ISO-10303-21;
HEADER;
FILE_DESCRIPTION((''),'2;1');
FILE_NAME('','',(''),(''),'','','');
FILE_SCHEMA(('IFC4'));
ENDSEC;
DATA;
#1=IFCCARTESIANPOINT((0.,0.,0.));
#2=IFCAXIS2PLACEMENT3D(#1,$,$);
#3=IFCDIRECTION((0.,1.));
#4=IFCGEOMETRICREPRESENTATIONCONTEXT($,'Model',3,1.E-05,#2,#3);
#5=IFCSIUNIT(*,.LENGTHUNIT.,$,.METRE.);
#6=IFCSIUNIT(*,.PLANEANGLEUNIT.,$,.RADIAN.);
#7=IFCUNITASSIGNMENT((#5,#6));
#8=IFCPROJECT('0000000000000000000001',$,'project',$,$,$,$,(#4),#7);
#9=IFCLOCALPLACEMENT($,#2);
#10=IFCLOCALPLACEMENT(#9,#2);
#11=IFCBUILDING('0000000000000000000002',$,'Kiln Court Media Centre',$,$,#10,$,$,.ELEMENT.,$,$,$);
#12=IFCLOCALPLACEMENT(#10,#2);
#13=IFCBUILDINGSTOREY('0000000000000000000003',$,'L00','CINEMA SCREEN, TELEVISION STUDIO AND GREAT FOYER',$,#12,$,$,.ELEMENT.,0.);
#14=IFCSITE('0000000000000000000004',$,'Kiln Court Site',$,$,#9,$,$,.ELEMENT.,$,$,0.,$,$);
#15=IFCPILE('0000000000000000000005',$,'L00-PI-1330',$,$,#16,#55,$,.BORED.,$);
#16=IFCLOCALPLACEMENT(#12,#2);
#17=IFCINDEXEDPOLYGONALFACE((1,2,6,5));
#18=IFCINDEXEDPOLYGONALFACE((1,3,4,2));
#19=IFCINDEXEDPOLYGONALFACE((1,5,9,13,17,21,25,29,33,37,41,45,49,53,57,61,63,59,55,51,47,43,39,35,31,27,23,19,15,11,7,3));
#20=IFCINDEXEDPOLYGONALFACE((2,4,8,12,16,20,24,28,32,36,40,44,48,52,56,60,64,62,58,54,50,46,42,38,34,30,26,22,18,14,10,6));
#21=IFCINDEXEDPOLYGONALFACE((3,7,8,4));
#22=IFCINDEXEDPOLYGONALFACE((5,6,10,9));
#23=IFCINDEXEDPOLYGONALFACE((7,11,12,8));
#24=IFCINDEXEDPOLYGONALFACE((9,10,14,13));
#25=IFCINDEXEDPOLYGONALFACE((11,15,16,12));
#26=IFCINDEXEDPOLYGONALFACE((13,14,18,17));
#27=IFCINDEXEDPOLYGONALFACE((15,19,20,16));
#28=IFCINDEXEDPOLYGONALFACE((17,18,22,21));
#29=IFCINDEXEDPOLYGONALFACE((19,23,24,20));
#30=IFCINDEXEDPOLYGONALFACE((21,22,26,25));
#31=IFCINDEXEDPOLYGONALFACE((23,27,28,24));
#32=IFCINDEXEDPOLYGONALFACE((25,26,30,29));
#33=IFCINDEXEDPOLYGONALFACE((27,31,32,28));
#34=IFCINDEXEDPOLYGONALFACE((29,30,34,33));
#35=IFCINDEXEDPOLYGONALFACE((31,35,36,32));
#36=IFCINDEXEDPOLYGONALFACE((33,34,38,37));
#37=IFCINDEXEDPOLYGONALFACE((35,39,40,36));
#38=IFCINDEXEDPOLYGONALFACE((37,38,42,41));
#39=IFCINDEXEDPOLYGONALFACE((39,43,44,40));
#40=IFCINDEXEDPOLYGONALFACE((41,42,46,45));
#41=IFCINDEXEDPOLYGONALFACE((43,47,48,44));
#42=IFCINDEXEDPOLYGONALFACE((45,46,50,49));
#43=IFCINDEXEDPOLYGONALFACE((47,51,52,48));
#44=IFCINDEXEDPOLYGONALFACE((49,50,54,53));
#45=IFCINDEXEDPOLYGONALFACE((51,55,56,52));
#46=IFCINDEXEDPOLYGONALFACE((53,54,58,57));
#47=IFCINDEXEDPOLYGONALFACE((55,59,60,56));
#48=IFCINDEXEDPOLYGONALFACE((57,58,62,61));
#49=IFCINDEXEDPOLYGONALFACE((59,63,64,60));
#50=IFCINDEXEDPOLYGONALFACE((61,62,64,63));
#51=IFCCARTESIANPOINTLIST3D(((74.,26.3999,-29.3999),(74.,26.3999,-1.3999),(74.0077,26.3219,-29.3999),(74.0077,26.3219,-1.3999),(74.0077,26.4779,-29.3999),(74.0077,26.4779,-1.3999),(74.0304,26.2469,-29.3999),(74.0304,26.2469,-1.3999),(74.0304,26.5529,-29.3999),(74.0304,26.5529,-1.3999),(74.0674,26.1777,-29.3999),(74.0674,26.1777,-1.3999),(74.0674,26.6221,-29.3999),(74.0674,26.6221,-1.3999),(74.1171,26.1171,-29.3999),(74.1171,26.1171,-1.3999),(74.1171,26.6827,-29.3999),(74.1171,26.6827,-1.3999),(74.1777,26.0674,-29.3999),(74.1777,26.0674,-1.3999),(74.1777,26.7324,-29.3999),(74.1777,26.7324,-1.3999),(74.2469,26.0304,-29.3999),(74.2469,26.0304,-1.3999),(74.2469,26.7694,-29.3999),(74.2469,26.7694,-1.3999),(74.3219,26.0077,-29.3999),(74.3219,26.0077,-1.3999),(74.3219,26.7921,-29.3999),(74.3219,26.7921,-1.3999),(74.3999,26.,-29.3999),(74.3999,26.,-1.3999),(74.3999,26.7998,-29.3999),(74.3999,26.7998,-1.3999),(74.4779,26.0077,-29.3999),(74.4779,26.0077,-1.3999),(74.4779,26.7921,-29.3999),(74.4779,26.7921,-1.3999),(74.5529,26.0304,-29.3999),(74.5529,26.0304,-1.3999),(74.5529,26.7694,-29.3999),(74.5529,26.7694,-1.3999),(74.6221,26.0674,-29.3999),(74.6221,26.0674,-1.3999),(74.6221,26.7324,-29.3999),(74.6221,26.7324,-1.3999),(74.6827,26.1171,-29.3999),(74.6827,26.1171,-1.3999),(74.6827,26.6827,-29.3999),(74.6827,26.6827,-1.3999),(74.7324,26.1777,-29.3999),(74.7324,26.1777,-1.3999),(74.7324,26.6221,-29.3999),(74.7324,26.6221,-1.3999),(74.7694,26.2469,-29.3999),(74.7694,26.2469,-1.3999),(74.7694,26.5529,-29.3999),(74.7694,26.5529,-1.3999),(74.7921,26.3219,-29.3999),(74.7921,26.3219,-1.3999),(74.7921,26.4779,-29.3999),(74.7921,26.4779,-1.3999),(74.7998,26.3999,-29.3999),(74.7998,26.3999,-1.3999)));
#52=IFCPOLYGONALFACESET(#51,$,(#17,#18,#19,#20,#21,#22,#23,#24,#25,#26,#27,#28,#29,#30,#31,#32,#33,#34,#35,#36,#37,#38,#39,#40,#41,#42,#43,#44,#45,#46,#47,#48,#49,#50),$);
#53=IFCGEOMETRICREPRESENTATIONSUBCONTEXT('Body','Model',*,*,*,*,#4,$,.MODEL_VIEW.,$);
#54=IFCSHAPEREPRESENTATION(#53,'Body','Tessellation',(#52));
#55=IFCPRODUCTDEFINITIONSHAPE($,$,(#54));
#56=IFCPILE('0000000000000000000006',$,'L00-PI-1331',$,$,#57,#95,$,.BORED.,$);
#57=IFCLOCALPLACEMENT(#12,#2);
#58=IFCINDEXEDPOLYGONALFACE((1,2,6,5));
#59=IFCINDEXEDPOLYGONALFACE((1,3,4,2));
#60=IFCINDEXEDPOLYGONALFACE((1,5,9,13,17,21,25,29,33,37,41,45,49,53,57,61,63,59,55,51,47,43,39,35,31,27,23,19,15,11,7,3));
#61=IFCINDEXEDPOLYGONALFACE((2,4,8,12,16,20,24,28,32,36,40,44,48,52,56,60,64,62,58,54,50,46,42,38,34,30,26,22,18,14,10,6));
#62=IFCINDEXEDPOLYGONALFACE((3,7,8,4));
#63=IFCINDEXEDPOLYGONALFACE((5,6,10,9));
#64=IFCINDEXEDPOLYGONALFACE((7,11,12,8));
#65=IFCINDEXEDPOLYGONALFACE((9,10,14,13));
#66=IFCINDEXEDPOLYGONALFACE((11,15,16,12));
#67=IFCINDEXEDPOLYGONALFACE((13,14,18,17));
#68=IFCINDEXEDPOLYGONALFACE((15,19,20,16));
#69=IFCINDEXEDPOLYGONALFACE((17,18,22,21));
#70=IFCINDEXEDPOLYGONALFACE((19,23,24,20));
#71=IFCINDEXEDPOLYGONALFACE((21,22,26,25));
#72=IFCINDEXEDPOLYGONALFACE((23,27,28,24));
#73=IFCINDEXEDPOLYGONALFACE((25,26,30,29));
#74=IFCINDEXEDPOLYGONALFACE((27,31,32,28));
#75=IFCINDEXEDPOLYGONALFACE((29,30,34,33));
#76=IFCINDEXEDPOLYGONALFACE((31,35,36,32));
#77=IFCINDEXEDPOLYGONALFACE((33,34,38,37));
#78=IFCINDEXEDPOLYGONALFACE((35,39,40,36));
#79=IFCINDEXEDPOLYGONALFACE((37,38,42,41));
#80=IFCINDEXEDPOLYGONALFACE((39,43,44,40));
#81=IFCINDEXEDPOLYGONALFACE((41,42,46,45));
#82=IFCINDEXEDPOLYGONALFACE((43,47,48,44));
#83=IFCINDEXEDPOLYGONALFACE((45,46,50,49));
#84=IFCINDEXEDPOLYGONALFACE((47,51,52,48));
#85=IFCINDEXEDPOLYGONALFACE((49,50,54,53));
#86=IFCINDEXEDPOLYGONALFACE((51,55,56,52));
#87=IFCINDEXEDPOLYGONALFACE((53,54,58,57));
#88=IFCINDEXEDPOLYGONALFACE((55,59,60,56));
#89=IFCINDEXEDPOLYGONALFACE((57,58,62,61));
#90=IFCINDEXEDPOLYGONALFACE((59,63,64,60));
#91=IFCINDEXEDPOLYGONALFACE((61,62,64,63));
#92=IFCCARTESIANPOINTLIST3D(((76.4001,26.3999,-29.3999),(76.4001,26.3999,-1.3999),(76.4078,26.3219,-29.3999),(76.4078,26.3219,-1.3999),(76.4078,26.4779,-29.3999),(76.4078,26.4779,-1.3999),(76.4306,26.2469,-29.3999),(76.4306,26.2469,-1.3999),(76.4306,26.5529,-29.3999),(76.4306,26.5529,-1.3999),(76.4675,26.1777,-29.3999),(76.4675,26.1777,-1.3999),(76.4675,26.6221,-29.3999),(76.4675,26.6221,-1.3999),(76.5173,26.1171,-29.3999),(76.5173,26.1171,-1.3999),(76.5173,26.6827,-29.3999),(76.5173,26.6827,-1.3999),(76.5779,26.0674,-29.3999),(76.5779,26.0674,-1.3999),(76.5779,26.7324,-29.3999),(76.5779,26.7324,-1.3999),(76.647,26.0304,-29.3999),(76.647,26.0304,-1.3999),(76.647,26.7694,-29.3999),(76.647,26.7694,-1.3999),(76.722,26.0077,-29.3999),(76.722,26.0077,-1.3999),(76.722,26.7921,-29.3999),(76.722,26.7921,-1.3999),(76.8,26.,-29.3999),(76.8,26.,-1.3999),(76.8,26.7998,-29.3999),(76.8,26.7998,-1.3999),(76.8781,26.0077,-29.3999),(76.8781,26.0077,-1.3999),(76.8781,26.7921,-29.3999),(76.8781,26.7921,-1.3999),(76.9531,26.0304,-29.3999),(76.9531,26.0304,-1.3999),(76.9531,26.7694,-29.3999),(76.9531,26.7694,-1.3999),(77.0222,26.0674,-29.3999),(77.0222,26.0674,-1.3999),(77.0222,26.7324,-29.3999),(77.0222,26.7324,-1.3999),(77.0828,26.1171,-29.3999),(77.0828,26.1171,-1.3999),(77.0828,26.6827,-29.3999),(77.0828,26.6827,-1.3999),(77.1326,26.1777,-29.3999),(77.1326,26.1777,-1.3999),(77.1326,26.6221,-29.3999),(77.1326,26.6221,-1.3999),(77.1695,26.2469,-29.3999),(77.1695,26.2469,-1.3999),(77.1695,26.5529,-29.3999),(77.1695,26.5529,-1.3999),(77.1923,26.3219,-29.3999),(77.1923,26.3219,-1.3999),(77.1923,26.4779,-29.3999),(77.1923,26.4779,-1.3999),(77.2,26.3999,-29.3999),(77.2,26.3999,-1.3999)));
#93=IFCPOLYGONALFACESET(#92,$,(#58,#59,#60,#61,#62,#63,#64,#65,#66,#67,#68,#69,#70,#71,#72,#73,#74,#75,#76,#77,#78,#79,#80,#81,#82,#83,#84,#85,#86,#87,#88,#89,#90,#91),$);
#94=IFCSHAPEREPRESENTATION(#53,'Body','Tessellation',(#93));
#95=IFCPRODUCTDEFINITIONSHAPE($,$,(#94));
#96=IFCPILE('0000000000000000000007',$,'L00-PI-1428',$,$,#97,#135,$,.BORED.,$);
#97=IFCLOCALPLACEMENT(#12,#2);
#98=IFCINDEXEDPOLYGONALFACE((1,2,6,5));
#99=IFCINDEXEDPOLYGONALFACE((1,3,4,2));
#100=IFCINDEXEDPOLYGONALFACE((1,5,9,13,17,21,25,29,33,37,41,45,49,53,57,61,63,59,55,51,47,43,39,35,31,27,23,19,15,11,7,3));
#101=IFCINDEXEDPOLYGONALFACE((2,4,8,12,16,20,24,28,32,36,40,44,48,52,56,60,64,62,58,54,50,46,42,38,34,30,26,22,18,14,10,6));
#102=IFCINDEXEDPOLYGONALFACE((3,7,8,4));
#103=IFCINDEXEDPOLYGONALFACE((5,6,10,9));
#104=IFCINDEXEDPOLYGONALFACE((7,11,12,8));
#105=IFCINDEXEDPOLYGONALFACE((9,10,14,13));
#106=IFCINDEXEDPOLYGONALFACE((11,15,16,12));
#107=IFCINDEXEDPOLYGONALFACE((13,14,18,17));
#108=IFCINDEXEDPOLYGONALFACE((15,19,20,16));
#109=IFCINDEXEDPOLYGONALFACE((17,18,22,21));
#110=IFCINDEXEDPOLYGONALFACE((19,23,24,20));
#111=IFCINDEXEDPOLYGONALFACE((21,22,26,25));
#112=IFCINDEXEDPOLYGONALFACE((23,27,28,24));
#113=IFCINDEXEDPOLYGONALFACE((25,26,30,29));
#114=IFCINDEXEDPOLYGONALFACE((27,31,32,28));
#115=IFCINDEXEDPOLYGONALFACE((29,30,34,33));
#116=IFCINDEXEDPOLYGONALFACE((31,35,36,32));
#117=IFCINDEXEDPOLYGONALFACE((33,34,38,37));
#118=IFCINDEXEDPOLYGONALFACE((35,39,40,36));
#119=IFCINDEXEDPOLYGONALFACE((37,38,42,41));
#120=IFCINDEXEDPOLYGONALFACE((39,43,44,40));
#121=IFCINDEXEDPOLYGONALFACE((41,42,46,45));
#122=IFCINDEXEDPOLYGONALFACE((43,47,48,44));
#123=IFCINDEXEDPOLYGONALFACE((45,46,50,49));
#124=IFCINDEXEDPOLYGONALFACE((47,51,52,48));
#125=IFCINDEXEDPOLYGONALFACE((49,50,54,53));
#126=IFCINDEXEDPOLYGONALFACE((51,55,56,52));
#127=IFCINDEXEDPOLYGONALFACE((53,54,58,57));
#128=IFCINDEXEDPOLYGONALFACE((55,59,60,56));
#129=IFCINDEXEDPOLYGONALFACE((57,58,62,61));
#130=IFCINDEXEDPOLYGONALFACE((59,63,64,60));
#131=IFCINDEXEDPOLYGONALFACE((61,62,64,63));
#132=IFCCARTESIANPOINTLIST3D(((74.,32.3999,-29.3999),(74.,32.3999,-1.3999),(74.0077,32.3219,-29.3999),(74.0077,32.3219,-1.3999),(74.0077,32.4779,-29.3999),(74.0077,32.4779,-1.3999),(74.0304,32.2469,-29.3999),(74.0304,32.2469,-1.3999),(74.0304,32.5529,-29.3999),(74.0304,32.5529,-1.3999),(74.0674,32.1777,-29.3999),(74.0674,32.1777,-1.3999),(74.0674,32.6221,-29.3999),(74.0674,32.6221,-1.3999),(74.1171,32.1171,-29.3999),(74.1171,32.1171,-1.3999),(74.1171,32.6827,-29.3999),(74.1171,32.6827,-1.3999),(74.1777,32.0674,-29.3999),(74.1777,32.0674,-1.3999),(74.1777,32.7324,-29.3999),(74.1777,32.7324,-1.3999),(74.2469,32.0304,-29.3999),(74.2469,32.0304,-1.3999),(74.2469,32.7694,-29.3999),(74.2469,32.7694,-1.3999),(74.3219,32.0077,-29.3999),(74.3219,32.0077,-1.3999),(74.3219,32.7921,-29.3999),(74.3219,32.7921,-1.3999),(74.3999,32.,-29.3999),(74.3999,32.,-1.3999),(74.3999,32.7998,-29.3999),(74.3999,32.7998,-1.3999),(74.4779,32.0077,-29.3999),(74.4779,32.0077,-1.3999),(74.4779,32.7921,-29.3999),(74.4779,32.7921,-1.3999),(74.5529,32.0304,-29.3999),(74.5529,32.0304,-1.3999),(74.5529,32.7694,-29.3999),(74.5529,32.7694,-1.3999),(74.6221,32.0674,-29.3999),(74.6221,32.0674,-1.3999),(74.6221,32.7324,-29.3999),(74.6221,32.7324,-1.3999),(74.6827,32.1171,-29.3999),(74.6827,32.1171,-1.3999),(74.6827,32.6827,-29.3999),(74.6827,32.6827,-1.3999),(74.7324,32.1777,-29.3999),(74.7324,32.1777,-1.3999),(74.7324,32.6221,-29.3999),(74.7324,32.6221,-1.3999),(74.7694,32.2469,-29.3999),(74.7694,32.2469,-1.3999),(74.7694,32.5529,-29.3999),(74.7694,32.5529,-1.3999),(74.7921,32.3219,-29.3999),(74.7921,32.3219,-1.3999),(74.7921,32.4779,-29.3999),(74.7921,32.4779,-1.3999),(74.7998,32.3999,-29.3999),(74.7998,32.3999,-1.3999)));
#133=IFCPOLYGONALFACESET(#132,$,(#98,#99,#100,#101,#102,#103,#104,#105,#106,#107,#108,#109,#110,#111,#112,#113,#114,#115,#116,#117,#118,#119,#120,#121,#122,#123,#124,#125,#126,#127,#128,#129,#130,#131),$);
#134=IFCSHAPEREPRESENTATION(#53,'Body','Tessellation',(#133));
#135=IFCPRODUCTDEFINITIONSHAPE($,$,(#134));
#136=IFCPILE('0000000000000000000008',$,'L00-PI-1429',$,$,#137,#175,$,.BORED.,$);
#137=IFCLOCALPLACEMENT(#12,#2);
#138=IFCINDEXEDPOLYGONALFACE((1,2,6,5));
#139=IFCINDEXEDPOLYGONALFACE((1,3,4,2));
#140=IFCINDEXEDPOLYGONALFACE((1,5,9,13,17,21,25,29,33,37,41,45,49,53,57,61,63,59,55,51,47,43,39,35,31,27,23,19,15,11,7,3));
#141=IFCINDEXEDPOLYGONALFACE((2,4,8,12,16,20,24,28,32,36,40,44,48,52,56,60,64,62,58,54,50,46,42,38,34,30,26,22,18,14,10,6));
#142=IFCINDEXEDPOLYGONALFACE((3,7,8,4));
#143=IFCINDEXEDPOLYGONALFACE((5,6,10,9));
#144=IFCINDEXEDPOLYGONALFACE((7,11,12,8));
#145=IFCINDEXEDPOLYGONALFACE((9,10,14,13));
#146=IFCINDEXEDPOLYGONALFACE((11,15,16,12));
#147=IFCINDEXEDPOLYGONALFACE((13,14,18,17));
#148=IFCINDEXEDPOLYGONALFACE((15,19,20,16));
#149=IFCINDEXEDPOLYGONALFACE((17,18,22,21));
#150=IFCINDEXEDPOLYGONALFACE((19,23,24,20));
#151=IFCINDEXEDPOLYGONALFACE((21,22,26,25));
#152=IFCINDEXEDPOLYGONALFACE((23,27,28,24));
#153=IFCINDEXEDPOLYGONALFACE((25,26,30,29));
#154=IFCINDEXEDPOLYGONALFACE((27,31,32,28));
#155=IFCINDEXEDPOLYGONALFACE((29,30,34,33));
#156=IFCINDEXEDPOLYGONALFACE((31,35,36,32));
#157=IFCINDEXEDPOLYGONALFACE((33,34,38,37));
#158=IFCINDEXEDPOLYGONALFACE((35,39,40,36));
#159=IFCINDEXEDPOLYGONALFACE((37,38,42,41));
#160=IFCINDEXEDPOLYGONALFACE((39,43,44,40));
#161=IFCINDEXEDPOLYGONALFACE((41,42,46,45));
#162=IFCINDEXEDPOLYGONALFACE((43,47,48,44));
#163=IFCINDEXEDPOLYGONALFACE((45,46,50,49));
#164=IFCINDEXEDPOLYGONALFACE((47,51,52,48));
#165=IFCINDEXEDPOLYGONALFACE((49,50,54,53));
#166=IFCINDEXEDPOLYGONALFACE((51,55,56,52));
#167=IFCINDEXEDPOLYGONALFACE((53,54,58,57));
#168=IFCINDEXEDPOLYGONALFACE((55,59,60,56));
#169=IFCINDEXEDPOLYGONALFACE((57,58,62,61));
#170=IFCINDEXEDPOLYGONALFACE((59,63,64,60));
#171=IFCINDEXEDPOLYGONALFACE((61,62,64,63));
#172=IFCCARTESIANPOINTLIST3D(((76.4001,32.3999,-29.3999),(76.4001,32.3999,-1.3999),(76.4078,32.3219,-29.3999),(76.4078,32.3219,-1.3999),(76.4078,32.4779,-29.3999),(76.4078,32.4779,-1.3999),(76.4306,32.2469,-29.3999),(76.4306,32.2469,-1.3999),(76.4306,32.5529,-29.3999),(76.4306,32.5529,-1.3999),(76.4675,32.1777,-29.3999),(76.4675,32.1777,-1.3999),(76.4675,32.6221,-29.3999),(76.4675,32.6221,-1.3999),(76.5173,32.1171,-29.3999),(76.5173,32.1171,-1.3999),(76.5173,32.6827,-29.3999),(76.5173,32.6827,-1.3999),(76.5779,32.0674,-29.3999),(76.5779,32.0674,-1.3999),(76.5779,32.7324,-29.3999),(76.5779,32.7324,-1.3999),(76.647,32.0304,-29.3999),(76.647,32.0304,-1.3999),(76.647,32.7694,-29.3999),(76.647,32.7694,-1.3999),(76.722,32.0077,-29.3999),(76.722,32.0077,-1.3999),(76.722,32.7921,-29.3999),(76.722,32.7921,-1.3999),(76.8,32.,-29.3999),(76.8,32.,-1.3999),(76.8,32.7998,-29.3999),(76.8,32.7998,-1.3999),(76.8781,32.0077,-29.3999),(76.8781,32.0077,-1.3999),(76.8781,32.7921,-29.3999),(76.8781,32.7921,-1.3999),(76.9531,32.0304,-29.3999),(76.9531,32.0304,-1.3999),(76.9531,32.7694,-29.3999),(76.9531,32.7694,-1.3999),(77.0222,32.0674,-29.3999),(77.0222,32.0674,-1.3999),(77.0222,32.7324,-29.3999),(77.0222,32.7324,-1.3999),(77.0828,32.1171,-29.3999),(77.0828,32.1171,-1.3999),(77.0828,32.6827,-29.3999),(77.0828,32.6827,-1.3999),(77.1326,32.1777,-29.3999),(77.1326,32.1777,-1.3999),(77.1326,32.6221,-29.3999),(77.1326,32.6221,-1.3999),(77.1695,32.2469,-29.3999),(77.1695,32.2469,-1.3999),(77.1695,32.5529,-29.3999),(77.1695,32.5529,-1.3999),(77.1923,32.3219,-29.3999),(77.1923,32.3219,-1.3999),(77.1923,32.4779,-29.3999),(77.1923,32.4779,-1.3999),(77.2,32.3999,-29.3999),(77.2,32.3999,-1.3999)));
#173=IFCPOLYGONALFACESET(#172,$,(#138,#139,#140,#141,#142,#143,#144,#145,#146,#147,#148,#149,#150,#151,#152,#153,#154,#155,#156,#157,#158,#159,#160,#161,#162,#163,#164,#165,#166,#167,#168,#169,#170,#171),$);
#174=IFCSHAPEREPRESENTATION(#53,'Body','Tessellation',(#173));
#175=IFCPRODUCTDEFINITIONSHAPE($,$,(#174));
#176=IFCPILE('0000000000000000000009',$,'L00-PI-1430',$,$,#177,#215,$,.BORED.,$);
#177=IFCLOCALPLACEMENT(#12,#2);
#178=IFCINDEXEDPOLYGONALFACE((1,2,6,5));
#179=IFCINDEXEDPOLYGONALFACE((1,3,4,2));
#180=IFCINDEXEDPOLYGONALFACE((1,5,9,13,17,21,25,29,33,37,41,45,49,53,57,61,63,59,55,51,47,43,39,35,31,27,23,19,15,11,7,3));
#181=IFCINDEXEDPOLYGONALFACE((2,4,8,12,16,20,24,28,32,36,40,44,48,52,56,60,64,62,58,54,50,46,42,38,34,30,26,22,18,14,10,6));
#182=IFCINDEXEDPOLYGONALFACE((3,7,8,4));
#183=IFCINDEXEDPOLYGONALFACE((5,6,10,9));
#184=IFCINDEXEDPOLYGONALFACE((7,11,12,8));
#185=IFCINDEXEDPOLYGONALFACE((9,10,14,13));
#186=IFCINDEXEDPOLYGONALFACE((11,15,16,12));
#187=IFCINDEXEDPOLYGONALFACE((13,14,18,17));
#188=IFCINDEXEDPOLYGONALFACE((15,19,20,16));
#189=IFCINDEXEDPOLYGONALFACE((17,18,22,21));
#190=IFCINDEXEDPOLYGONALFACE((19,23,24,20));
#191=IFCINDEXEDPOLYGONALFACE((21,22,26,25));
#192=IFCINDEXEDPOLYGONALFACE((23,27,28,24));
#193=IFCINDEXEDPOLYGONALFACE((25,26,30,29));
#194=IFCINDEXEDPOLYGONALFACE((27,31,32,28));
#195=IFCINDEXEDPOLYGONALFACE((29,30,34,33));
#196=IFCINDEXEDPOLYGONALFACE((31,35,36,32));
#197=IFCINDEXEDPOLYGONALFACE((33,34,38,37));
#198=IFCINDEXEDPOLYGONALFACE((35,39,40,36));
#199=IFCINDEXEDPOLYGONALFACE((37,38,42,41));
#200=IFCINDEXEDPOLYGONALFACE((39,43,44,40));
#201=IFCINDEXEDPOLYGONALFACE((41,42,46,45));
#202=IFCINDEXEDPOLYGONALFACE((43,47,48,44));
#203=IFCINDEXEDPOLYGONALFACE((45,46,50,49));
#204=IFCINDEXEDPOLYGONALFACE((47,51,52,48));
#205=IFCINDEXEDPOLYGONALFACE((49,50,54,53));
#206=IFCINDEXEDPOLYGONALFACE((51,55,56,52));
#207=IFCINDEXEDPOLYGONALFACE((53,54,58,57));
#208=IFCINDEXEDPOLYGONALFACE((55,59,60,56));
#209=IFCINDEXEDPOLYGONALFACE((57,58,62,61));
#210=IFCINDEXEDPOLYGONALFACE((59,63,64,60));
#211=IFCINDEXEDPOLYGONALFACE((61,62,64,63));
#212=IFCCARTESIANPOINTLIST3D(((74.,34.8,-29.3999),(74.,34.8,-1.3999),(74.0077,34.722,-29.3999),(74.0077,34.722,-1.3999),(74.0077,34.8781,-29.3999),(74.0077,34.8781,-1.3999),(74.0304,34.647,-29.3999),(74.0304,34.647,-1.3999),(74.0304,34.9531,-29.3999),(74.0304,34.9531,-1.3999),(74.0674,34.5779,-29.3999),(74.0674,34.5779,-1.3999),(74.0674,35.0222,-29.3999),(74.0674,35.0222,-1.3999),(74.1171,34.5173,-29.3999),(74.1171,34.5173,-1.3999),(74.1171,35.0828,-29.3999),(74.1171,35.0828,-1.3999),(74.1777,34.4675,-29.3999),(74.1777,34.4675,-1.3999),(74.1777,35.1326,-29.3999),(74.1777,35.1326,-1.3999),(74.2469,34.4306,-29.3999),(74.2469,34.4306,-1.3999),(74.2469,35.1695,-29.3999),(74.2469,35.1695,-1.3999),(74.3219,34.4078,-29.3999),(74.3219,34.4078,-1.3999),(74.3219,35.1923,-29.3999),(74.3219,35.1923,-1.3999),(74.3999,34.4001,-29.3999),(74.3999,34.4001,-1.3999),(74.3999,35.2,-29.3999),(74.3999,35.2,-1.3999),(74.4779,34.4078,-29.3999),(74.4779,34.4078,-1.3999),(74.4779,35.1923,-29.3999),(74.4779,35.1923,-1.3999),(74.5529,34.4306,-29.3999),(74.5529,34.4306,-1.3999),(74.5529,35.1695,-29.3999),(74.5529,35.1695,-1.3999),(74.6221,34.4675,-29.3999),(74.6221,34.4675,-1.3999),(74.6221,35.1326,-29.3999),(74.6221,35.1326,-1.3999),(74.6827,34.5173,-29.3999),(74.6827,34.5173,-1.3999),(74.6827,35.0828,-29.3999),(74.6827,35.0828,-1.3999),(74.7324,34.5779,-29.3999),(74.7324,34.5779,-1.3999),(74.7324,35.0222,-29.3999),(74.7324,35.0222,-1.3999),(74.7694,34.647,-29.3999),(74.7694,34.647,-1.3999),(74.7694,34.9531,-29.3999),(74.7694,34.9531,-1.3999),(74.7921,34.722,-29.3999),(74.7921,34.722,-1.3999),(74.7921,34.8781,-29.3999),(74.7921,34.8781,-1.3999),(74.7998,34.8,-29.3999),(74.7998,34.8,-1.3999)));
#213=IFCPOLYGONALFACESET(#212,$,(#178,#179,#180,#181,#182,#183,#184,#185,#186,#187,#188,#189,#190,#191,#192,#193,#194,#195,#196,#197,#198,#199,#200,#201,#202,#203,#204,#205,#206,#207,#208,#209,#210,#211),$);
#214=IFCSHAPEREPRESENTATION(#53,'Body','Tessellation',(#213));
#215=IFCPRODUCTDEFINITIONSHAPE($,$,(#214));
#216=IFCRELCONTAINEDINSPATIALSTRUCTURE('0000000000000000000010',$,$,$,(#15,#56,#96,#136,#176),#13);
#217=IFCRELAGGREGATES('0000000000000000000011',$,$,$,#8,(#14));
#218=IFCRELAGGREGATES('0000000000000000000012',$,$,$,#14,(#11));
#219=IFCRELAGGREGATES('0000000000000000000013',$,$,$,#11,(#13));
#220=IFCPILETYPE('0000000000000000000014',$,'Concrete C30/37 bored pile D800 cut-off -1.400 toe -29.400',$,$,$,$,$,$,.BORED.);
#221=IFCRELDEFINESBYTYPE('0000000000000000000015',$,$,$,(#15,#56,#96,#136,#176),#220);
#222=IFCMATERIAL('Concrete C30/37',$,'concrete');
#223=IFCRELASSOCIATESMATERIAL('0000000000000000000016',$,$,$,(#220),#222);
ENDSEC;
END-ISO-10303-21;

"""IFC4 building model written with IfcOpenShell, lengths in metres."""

from ifc_helpers import new_model, si_unit, direction, frame, origin, origin_2d, place, context, subcontext, project, spatial, circle, extrude, material, material_profile, profile_set, type_object, element, save


model = new_model("IFC4")

# Units and contexts
model_context = context("Model", 3, precision=1e-05, world=origin(), true_north=direction((0.0, 1.0)))
body_context = subcontext(model_context, "Body", "Model", "MODEL_VIEW")
ifc_project = project(units=[si_unit("LENGTHUNIT", "METRE"), si_unit("PLANEANGLEUNIT", "RADIAN")], contexts=[model_context])

# Site, building, storey
site_placement = place(None, origin())
site = spatial("IfcSite", under=ifc_project, at=site_placement, Name="Kiln Court Site", CompositionType="ELEMENT", RefElevation=0.0)
building_placement = place(site_placement, origin())
building = spatial("IfcBuilding", under=site, at=building_placement, Name="Kiln Court Media Centre", CompositionType="ELEMENT")
storey_placement = place(building_placement, origin())
storey = spatial("IfcBuildingStorey", under=building, at=storey_placement, Name="L00", Description="CINEMA SCREEN, TELEVISION STUDIO AND GREAT FOYER", CompositionType="ELEMENT", Elevation=0.0)

# Piles
ifc_material_1 = material(Name="Concrete C30/37", Category="concrete")
ifc_material_profile = material_profile(ifc_material_1, circle(Radius=0.3999, at=origin_2d()), Name="PILE D800")
ifc_profile_set = profile_set([ifc_material_profile], Name="Concrete C30/37")
pile_type = type_object("IfcPileType", Name="Concrete C30/37 bored pile D800 cut-off -1.400 toe -29.400", PredefinedType="BORED", material=ifc_profile_set)
for number, where, z_axis, x_axis, name in (
    (1, (74.3999, 26.3999, -1.3999), (0.0, 0.0, -1.0), (1.0, 0.0, 0.0), "L00-PI-1330"),
    (2, (76.8, 26.3999, -1.3999), (0.0, 0.0, -1.0), (1.0, 0.0, 0.0), "L00-PI-1331"),
    (3, (74.3999, 32.3999, -1.3999), (0.0, 0.0, -1.0), (1.0, 0.0, 0.0), "L00-PI-1428"),
    (4, (76.8, 32.3999, -1.3999), (0.0, 0.0, -1.0), (1.0, 0.0, 0.0), "L00-PI-1429"),
    (5, (74.3999, 34.8, -1.3999), (0.0, 0.0, -1.0), (1.0, 0.0, 0.0), "L00-PI-1430"),
):
    element("IfcPile", number, at=place(storey_placement, frame(where, z_axis=z_axis, x_axis=x_axis)), inside=storey, type_object=pile_type, Name=name, PredefinedType="BORED", context=body_context, shape_type="SweptSolid", body=[
        extrude(circle(Radius=0.3999, at=origin_2d()), origin(), (0.0, 0.0, 1.0), 28.0),
    ])

save(model, "model.ifc")
